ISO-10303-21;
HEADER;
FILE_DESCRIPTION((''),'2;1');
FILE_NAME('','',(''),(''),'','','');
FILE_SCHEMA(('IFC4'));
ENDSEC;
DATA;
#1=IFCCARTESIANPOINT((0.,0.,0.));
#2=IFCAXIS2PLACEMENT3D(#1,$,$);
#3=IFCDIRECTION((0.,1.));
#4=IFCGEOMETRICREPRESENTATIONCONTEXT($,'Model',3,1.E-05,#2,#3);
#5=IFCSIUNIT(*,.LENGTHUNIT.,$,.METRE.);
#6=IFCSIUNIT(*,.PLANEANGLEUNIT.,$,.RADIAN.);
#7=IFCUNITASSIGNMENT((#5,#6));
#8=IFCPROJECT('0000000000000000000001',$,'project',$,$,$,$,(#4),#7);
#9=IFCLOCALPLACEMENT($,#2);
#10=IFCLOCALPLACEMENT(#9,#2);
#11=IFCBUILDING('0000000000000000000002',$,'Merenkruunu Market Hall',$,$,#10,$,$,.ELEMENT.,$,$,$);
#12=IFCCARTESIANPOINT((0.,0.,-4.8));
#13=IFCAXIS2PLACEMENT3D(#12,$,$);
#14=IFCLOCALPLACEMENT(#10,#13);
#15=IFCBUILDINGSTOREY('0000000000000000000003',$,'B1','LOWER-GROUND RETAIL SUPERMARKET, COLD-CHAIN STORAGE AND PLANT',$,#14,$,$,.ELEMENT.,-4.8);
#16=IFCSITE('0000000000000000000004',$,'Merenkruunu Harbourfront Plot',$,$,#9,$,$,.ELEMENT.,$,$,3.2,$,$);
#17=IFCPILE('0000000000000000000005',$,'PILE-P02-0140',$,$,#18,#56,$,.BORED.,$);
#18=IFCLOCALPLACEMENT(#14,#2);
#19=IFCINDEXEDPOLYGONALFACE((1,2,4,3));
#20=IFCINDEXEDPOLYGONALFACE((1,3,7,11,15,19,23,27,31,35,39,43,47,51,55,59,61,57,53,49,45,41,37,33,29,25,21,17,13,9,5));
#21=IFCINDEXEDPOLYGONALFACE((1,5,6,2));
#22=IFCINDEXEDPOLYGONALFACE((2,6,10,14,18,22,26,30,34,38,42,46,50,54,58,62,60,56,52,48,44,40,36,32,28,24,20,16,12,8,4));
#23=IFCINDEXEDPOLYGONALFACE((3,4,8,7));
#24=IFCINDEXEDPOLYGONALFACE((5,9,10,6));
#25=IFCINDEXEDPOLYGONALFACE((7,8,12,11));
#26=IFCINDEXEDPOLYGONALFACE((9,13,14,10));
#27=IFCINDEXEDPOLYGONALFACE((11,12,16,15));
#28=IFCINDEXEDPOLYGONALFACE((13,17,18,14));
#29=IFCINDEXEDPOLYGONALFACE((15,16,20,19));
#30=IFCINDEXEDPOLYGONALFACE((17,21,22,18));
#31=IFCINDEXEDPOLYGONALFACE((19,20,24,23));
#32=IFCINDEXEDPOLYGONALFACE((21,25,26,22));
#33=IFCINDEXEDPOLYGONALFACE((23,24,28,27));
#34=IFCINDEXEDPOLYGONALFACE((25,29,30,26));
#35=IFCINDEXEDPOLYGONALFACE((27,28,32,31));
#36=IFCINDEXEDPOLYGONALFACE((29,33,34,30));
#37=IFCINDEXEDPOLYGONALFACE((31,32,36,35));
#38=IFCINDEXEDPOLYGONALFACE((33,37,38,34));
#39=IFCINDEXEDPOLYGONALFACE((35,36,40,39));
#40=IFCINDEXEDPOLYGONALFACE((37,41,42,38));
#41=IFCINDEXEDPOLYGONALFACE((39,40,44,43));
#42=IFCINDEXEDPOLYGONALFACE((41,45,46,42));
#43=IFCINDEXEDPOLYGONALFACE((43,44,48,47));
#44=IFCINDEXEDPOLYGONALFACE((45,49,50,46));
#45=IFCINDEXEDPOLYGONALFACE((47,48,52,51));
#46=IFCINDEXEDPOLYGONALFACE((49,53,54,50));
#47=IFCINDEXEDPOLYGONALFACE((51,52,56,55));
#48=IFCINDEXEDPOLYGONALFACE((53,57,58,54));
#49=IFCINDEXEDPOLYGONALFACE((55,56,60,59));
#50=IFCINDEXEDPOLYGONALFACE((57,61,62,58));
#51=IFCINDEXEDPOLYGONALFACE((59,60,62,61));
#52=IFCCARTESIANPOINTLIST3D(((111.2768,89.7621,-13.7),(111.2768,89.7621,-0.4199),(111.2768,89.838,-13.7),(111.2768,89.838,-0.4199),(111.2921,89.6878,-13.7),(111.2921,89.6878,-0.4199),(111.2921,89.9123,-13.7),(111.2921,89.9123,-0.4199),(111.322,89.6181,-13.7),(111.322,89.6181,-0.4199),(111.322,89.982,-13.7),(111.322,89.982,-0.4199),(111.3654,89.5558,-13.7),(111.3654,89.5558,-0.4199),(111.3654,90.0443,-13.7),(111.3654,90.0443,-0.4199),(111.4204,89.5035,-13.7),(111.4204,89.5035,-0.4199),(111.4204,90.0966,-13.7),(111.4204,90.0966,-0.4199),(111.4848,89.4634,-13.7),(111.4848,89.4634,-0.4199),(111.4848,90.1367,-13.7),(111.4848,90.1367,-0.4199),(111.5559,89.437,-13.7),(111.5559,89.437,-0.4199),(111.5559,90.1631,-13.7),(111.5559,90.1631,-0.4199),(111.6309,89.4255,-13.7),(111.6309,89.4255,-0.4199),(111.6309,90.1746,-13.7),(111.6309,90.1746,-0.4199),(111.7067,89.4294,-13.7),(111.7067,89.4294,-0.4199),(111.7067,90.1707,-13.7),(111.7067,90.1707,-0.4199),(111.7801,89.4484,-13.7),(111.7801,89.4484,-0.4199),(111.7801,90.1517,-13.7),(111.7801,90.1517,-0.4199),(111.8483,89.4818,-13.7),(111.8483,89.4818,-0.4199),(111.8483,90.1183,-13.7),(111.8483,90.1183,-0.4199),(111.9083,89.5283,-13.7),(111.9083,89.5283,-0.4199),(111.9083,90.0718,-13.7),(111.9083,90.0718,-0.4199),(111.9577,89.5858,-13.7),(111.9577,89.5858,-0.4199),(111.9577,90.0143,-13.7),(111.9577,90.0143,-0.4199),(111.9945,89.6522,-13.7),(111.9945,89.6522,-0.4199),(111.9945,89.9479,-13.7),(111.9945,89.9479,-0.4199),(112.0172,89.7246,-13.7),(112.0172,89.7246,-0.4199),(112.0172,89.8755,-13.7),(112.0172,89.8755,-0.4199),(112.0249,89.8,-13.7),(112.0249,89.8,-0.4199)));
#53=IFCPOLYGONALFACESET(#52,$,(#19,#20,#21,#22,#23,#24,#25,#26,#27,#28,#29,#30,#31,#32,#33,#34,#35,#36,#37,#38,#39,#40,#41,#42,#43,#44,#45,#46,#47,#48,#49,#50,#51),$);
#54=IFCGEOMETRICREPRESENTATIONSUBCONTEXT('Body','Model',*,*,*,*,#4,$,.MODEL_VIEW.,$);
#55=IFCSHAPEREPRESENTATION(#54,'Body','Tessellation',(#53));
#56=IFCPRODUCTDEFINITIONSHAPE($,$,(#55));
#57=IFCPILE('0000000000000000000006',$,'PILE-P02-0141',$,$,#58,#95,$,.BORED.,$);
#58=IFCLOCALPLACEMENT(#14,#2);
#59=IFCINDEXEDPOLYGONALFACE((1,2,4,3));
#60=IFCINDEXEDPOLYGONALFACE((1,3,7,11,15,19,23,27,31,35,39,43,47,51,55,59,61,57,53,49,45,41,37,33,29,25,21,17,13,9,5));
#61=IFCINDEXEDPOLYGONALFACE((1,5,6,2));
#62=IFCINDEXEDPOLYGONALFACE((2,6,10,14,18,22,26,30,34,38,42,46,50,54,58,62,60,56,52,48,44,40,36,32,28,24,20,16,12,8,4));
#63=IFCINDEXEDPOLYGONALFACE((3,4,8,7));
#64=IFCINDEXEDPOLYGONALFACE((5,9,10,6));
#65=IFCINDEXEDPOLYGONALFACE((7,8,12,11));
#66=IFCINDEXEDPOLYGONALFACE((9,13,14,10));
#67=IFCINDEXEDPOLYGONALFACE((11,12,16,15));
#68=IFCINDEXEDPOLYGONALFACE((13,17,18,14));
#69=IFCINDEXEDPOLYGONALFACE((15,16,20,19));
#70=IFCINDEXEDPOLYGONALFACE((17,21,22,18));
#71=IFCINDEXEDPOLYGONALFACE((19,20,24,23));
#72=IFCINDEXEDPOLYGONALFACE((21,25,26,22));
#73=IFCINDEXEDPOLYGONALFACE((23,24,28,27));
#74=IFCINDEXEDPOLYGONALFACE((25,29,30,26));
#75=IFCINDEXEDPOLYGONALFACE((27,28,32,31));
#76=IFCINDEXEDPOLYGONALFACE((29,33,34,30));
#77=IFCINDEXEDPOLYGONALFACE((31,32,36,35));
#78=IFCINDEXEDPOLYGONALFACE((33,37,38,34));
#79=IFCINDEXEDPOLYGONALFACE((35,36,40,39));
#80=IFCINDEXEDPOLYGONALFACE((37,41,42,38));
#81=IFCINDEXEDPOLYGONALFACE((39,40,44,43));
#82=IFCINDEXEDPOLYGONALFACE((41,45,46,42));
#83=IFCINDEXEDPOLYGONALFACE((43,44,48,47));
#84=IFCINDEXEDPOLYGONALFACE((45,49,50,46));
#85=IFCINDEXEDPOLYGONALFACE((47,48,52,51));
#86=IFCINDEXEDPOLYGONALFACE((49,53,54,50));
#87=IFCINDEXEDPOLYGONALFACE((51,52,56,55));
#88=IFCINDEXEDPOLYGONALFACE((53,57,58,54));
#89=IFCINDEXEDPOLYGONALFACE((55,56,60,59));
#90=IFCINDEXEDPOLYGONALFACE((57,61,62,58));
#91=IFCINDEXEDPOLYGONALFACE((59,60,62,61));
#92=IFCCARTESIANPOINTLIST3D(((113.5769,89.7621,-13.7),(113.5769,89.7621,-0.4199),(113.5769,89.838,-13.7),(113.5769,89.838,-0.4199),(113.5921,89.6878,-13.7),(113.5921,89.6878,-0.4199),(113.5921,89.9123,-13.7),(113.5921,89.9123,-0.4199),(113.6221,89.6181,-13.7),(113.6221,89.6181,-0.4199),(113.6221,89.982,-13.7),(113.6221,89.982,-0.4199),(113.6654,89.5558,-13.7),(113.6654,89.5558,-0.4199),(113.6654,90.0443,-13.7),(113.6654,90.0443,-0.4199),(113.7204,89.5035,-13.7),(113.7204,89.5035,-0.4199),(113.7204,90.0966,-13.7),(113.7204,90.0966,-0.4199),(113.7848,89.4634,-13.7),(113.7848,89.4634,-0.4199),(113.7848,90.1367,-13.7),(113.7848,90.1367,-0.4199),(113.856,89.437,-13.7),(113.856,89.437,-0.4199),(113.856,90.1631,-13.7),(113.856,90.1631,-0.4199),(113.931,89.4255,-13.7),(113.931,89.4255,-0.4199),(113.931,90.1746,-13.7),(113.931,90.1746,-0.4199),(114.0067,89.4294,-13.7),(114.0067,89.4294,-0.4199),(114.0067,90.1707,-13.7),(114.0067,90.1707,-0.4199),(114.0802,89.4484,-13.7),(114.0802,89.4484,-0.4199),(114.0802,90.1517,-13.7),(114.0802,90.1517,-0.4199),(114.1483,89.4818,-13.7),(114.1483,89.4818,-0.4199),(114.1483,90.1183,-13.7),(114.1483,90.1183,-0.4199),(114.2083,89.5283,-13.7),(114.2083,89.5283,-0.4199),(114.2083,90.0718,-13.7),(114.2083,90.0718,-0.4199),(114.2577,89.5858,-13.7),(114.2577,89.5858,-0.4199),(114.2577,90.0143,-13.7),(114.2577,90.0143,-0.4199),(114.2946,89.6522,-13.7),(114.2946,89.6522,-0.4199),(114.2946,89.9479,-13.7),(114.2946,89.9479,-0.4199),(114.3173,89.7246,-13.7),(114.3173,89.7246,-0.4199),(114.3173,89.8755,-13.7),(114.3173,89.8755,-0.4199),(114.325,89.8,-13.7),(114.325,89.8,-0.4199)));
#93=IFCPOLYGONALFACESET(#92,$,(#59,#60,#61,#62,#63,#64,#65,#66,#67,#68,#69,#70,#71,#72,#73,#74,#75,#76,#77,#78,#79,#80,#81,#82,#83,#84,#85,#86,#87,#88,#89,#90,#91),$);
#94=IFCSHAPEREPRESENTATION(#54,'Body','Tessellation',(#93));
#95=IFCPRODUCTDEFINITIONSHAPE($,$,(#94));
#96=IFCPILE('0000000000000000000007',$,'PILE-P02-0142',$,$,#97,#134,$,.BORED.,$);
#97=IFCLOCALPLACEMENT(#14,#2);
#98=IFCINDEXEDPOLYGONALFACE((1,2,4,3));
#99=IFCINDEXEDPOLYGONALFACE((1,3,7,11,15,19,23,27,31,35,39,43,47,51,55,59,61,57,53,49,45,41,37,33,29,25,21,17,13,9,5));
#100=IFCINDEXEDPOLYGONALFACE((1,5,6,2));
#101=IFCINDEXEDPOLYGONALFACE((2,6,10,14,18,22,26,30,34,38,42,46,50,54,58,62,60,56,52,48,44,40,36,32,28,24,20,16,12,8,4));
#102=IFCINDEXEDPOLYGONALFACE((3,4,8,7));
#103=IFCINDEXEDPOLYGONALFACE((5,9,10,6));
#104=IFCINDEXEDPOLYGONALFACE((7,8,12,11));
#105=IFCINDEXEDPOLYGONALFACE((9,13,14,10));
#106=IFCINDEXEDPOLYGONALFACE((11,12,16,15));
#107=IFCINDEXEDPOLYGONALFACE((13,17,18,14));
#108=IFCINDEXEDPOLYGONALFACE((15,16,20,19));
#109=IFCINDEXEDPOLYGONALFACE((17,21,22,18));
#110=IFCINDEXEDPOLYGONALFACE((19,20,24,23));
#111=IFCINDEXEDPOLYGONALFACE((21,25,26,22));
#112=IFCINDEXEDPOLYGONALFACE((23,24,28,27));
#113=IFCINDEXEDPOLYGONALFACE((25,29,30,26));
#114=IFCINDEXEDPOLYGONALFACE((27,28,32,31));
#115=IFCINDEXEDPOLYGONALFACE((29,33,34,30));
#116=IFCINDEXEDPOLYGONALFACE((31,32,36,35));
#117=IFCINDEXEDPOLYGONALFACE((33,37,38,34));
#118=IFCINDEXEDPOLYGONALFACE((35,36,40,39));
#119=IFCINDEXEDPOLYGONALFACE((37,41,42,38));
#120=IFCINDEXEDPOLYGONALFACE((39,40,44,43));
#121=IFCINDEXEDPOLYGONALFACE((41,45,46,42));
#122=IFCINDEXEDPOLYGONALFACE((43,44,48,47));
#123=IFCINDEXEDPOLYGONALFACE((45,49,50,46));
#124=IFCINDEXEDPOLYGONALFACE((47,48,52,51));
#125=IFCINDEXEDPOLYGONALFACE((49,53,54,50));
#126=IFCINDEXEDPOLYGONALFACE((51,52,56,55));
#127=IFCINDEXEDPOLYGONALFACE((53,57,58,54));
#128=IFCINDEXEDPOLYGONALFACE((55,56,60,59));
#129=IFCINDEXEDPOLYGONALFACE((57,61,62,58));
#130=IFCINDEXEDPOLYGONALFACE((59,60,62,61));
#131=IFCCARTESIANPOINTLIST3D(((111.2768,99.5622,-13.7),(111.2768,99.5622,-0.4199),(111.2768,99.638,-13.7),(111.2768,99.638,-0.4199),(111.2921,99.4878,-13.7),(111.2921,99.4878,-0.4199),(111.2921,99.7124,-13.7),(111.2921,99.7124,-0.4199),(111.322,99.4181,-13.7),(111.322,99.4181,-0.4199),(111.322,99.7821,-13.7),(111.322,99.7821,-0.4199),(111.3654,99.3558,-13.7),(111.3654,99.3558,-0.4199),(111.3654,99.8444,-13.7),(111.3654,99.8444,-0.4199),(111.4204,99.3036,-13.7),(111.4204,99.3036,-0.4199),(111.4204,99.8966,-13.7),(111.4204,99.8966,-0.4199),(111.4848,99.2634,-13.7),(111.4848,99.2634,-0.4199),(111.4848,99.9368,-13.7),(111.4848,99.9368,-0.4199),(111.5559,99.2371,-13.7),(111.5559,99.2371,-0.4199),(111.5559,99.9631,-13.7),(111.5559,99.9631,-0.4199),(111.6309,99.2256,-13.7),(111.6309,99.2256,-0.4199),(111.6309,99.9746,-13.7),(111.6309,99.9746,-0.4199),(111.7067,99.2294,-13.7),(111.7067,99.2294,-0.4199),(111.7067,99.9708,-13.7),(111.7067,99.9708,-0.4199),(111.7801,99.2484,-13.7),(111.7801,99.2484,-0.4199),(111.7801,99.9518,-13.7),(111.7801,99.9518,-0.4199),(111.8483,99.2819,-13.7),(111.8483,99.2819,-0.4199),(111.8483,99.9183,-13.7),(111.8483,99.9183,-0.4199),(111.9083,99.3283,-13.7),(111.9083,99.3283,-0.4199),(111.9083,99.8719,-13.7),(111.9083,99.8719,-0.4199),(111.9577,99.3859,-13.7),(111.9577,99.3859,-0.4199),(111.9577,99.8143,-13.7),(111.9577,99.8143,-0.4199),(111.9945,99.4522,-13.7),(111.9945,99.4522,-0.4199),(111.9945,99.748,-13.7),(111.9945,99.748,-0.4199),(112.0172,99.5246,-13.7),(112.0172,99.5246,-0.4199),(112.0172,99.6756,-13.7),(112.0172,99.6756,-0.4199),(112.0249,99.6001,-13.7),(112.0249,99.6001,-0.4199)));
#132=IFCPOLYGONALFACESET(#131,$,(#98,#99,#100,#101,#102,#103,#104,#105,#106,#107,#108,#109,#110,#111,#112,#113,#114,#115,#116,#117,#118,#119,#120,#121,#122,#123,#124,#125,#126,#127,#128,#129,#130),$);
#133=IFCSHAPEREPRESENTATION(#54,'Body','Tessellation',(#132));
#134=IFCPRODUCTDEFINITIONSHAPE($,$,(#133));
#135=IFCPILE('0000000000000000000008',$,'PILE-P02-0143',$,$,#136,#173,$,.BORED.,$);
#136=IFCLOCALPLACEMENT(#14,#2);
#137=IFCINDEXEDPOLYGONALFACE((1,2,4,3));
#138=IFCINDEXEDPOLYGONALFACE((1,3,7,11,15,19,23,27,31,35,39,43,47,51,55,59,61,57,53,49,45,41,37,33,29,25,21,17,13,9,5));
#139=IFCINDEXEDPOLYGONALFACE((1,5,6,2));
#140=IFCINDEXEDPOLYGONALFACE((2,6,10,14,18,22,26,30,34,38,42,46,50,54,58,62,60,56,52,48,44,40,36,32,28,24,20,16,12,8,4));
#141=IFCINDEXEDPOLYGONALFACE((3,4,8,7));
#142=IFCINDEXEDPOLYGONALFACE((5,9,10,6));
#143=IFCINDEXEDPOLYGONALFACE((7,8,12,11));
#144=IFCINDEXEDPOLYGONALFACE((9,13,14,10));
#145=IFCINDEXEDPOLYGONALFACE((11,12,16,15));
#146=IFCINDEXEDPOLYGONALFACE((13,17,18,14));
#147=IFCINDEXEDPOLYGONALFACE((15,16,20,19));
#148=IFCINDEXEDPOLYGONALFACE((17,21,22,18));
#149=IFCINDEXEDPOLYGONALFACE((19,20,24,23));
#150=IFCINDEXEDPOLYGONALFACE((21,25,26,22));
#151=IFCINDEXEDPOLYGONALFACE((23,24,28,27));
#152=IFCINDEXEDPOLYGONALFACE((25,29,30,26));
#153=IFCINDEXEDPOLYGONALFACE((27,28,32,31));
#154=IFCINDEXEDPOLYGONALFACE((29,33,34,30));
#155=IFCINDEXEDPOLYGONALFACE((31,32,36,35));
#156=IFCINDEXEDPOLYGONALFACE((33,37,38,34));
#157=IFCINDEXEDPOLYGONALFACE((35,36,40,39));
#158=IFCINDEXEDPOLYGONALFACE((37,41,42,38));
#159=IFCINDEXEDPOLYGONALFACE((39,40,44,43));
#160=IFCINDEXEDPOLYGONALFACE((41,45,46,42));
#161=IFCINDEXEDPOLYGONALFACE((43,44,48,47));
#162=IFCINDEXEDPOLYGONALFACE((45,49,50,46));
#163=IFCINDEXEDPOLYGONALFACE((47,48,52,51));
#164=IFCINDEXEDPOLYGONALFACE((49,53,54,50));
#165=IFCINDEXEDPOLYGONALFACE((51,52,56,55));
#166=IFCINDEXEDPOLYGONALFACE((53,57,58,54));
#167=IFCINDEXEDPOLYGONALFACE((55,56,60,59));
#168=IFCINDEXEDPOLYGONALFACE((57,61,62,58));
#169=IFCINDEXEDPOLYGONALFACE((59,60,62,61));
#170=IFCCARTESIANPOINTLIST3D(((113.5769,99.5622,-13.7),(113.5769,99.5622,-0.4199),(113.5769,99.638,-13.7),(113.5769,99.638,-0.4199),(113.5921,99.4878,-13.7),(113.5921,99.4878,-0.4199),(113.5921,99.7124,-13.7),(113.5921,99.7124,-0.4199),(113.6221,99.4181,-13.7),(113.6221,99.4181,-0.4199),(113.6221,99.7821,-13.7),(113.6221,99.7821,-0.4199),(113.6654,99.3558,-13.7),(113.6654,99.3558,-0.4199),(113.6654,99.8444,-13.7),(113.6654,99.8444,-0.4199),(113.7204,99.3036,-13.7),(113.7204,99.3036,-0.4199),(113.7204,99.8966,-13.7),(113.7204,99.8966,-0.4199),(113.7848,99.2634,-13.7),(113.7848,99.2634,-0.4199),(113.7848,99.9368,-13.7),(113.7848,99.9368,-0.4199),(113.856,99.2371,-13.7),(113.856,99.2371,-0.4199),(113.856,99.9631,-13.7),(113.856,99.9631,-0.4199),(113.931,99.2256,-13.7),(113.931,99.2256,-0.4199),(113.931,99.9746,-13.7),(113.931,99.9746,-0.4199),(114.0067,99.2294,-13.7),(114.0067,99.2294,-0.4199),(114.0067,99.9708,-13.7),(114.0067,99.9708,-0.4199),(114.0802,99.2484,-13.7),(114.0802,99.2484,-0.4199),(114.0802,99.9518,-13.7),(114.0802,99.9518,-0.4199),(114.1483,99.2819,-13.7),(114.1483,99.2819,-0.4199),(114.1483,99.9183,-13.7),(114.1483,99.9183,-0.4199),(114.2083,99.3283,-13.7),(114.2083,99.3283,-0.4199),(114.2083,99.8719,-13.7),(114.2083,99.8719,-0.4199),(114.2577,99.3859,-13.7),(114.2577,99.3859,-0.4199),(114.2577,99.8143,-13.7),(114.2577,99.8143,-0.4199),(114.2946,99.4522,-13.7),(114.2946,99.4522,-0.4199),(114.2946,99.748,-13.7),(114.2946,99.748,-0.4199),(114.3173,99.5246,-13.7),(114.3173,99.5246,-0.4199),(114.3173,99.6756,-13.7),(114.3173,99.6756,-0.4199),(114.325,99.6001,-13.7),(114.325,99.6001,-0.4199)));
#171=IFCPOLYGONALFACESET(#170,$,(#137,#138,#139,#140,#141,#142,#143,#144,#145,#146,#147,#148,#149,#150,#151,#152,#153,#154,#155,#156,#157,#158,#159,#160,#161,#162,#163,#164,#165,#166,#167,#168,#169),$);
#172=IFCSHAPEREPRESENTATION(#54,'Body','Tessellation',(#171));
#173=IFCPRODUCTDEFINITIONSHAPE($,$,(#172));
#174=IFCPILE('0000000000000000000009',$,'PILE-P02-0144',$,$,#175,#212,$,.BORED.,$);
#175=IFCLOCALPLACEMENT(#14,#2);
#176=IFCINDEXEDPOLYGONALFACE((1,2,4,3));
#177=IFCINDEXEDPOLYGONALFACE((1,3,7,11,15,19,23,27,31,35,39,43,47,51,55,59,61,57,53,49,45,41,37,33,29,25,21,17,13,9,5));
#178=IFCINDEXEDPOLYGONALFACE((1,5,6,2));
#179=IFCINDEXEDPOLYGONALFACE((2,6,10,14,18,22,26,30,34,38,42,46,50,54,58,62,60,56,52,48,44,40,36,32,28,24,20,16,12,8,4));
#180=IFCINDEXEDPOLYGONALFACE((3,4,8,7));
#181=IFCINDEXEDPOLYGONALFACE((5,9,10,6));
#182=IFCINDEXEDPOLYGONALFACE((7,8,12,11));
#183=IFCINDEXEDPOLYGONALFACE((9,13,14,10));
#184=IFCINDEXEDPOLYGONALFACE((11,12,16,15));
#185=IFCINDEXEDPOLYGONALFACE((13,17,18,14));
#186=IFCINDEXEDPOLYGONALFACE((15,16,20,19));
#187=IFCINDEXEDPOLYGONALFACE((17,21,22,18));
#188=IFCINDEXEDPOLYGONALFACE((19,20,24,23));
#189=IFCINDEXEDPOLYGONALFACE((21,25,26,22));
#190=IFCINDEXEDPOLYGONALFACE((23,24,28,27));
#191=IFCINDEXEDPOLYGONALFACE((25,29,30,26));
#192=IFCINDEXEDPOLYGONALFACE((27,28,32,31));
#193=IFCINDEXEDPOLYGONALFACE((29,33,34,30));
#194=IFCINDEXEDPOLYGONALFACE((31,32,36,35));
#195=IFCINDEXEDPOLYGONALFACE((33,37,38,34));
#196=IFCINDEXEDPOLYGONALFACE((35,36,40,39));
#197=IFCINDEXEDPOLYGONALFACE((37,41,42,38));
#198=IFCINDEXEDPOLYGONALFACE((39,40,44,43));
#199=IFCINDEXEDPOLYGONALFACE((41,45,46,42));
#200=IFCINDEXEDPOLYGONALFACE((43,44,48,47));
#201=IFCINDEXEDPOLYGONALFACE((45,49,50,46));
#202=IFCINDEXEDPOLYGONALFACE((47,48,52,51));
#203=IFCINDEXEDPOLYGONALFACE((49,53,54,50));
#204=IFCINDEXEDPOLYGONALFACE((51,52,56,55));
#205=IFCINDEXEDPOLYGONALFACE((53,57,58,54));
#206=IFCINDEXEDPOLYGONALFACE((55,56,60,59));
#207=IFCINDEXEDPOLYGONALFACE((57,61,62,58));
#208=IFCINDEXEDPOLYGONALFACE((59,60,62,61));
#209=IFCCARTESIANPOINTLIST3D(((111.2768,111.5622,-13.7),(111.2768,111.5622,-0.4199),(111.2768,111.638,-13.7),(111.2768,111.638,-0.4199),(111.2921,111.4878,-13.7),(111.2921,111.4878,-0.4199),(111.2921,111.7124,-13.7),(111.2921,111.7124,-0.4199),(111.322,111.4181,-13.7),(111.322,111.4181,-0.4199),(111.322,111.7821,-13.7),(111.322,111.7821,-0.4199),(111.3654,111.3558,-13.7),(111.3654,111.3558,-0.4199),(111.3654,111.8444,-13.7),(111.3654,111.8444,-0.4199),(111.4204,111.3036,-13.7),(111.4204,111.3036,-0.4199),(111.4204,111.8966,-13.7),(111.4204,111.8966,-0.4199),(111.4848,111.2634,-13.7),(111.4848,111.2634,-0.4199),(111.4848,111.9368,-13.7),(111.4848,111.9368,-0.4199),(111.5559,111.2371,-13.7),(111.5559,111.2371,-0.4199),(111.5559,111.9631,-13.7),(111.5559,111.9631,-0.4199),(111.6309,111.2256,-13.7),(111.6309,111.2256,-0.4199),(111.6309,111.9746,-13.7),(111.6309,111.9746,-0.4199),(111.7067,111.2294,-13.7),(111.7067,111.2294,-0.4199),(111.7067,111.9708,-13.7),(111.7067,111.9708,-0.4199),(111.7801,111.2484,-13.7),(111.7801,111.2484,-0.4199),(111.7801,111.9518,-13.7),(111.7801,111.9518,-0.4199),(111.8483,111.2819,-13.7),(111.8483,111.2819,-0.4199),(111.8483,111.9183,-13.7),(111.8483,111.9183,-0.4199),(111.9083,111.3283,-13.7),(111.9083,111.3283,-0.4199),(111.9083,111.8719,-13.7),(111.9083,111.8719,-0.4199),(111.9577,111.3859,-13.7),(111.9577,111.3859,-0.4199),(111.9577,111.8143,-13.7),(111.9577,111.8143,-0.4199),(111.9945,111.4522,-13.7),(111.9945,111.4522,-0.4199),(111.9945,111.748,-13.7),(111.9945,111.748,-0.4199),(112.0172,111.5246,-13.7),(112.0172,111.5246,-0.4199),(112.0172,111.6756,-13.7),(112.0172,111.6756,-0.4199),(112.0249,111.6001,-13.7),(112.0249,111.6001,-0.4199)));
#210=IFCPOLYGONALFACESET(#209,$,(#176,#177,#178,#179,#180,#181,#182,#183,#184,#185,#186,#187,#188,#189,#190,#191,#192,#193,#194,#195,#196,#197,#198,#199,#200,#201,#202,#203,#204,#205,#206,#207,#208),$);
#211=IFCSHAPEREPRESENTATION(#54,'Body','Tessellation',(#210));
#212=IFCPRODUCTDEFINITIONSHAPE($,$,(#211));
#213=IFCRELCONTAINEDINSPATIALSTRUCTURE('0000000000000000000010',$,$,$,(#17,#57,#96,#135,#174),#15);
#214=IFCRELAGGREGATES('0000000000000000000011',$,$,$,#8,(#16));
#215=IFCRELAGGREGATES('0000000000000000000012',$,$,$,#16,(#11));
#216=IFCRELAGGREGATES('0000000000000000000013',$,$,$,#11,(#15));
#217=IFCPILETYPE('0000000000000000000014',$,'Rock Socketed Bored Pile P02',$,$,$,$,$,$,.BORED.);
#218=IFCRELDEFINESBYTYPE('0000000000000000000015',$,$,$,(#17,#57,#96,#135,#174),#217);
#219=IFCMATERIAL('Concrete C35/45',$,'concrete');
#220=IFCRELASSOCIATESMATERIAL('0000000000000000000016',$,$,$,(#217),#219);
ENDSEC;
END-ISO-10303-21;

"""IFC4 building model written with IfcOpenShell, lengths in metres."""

from ifc_helpers import new_model, si_unit, direction, frame, origin, origin_2d, place, context, subcontext, project, spatial, circle, extrude, material, material_profile, profile_set, type_object, element, save


model = new_model("IFC4")

# Units and contexts
model_context = context("Model", 3, precision=1e-05, world=origin(), true_north=direction((0.0, 1.0)))
body_context = subcontext(model_context, "Body", "Model", "MODEL_VIEW")
ifc_project = project(units=[si_unit("LENGTHUNIT", "METRE"), si_unit("PLANEANGLEUNIT", "RADIAN")], contexts=[model_context])

# Site, building, storey
site_placement = place(None, origin())
site = spatial("IfcSite", under=ifc_project, at=site_placement, Name="Merenkruunu Harbourfront Plot", CompositionType="ELEMENT", RefElevation=3.2)
building_placement = place(site_placement, origin())
building = spatial("IfcBuilding", under=site, at=building_placement, Name="Merenkruunu Market Hall", CompositionType="ELEMENT")
storey_placement = place(building_placement, frame((0.0, 0.0, -4.8)))
storey = spatial("IfcBuildingStorey", under=building, at=storey_placement, Name="B1", Description="LOWER-GROUND RETAIL SUPERMARKET, COLD-CHAIN STORAGE AND PLANT", CompositionType="ELEMENT", Elevation=-4.8)

# Piles
ifc_material_1 = material(Name="Concrete C35/45", Category="concrete")
ifc_material_profile_1 = material_profile(ifc_material_1, circle(Radius=0.375, at=origin_2d()), Name="BORED PILE 750")
ifc_profile_set_1 = profile_set([ifc_material_profile_1], Name="Concrete C35/45")
pile_type = type_object("IfcPileType", Name="Rock Socketed Bored Pile P02", PredefinedType="BORED", material=ifc_profile_set_1)
for number, where, z_axis, x_axis, name in (
    (1, (111.6499, 89.8, -0.4199), (0.0, 0.0, -1.0), (1.0, 0.0, 0.0), "PILE-P02-0140"),
    (2, (113.95, 89.8, -0.4199), (0.0, 0.0, -1.0), (1.0, 0.0, 0.0), "PILE-P02-0141"),
    (3, (111.6499, 99.6001, -0.4199), (0.0, 0.0, -1.0), (1.0, 0.0, 0.0), "PILE-P02-0142"),
    (4, (113.95, 99.6001, -0.4199), (0.0, 0.0, -1.0), (1.0, 0.0, 0.0), "PILE-P02-0143"),
    (5, (111.6499, 111.6001, -0.4199), (0.0, 0.0, -1.0), (1.0, 0.0, 0.0), "PILE-P02-0144"),
):
    element("IfcPile", number, at=place(storey_placement, frame(where, z_axis=z_axis, x_axis=x_axis)), inside=storey, type_object=pile_type, Name=name, PredefinedType="BORED", context=body_context, shape_type="SweptSolid", body=[
        extrude(circle(Radius=0.375, at=origin_2d()), origin(), (0.0, 0.0, 1.0), 13.28),
    ])

save(model, "model.ifc")
